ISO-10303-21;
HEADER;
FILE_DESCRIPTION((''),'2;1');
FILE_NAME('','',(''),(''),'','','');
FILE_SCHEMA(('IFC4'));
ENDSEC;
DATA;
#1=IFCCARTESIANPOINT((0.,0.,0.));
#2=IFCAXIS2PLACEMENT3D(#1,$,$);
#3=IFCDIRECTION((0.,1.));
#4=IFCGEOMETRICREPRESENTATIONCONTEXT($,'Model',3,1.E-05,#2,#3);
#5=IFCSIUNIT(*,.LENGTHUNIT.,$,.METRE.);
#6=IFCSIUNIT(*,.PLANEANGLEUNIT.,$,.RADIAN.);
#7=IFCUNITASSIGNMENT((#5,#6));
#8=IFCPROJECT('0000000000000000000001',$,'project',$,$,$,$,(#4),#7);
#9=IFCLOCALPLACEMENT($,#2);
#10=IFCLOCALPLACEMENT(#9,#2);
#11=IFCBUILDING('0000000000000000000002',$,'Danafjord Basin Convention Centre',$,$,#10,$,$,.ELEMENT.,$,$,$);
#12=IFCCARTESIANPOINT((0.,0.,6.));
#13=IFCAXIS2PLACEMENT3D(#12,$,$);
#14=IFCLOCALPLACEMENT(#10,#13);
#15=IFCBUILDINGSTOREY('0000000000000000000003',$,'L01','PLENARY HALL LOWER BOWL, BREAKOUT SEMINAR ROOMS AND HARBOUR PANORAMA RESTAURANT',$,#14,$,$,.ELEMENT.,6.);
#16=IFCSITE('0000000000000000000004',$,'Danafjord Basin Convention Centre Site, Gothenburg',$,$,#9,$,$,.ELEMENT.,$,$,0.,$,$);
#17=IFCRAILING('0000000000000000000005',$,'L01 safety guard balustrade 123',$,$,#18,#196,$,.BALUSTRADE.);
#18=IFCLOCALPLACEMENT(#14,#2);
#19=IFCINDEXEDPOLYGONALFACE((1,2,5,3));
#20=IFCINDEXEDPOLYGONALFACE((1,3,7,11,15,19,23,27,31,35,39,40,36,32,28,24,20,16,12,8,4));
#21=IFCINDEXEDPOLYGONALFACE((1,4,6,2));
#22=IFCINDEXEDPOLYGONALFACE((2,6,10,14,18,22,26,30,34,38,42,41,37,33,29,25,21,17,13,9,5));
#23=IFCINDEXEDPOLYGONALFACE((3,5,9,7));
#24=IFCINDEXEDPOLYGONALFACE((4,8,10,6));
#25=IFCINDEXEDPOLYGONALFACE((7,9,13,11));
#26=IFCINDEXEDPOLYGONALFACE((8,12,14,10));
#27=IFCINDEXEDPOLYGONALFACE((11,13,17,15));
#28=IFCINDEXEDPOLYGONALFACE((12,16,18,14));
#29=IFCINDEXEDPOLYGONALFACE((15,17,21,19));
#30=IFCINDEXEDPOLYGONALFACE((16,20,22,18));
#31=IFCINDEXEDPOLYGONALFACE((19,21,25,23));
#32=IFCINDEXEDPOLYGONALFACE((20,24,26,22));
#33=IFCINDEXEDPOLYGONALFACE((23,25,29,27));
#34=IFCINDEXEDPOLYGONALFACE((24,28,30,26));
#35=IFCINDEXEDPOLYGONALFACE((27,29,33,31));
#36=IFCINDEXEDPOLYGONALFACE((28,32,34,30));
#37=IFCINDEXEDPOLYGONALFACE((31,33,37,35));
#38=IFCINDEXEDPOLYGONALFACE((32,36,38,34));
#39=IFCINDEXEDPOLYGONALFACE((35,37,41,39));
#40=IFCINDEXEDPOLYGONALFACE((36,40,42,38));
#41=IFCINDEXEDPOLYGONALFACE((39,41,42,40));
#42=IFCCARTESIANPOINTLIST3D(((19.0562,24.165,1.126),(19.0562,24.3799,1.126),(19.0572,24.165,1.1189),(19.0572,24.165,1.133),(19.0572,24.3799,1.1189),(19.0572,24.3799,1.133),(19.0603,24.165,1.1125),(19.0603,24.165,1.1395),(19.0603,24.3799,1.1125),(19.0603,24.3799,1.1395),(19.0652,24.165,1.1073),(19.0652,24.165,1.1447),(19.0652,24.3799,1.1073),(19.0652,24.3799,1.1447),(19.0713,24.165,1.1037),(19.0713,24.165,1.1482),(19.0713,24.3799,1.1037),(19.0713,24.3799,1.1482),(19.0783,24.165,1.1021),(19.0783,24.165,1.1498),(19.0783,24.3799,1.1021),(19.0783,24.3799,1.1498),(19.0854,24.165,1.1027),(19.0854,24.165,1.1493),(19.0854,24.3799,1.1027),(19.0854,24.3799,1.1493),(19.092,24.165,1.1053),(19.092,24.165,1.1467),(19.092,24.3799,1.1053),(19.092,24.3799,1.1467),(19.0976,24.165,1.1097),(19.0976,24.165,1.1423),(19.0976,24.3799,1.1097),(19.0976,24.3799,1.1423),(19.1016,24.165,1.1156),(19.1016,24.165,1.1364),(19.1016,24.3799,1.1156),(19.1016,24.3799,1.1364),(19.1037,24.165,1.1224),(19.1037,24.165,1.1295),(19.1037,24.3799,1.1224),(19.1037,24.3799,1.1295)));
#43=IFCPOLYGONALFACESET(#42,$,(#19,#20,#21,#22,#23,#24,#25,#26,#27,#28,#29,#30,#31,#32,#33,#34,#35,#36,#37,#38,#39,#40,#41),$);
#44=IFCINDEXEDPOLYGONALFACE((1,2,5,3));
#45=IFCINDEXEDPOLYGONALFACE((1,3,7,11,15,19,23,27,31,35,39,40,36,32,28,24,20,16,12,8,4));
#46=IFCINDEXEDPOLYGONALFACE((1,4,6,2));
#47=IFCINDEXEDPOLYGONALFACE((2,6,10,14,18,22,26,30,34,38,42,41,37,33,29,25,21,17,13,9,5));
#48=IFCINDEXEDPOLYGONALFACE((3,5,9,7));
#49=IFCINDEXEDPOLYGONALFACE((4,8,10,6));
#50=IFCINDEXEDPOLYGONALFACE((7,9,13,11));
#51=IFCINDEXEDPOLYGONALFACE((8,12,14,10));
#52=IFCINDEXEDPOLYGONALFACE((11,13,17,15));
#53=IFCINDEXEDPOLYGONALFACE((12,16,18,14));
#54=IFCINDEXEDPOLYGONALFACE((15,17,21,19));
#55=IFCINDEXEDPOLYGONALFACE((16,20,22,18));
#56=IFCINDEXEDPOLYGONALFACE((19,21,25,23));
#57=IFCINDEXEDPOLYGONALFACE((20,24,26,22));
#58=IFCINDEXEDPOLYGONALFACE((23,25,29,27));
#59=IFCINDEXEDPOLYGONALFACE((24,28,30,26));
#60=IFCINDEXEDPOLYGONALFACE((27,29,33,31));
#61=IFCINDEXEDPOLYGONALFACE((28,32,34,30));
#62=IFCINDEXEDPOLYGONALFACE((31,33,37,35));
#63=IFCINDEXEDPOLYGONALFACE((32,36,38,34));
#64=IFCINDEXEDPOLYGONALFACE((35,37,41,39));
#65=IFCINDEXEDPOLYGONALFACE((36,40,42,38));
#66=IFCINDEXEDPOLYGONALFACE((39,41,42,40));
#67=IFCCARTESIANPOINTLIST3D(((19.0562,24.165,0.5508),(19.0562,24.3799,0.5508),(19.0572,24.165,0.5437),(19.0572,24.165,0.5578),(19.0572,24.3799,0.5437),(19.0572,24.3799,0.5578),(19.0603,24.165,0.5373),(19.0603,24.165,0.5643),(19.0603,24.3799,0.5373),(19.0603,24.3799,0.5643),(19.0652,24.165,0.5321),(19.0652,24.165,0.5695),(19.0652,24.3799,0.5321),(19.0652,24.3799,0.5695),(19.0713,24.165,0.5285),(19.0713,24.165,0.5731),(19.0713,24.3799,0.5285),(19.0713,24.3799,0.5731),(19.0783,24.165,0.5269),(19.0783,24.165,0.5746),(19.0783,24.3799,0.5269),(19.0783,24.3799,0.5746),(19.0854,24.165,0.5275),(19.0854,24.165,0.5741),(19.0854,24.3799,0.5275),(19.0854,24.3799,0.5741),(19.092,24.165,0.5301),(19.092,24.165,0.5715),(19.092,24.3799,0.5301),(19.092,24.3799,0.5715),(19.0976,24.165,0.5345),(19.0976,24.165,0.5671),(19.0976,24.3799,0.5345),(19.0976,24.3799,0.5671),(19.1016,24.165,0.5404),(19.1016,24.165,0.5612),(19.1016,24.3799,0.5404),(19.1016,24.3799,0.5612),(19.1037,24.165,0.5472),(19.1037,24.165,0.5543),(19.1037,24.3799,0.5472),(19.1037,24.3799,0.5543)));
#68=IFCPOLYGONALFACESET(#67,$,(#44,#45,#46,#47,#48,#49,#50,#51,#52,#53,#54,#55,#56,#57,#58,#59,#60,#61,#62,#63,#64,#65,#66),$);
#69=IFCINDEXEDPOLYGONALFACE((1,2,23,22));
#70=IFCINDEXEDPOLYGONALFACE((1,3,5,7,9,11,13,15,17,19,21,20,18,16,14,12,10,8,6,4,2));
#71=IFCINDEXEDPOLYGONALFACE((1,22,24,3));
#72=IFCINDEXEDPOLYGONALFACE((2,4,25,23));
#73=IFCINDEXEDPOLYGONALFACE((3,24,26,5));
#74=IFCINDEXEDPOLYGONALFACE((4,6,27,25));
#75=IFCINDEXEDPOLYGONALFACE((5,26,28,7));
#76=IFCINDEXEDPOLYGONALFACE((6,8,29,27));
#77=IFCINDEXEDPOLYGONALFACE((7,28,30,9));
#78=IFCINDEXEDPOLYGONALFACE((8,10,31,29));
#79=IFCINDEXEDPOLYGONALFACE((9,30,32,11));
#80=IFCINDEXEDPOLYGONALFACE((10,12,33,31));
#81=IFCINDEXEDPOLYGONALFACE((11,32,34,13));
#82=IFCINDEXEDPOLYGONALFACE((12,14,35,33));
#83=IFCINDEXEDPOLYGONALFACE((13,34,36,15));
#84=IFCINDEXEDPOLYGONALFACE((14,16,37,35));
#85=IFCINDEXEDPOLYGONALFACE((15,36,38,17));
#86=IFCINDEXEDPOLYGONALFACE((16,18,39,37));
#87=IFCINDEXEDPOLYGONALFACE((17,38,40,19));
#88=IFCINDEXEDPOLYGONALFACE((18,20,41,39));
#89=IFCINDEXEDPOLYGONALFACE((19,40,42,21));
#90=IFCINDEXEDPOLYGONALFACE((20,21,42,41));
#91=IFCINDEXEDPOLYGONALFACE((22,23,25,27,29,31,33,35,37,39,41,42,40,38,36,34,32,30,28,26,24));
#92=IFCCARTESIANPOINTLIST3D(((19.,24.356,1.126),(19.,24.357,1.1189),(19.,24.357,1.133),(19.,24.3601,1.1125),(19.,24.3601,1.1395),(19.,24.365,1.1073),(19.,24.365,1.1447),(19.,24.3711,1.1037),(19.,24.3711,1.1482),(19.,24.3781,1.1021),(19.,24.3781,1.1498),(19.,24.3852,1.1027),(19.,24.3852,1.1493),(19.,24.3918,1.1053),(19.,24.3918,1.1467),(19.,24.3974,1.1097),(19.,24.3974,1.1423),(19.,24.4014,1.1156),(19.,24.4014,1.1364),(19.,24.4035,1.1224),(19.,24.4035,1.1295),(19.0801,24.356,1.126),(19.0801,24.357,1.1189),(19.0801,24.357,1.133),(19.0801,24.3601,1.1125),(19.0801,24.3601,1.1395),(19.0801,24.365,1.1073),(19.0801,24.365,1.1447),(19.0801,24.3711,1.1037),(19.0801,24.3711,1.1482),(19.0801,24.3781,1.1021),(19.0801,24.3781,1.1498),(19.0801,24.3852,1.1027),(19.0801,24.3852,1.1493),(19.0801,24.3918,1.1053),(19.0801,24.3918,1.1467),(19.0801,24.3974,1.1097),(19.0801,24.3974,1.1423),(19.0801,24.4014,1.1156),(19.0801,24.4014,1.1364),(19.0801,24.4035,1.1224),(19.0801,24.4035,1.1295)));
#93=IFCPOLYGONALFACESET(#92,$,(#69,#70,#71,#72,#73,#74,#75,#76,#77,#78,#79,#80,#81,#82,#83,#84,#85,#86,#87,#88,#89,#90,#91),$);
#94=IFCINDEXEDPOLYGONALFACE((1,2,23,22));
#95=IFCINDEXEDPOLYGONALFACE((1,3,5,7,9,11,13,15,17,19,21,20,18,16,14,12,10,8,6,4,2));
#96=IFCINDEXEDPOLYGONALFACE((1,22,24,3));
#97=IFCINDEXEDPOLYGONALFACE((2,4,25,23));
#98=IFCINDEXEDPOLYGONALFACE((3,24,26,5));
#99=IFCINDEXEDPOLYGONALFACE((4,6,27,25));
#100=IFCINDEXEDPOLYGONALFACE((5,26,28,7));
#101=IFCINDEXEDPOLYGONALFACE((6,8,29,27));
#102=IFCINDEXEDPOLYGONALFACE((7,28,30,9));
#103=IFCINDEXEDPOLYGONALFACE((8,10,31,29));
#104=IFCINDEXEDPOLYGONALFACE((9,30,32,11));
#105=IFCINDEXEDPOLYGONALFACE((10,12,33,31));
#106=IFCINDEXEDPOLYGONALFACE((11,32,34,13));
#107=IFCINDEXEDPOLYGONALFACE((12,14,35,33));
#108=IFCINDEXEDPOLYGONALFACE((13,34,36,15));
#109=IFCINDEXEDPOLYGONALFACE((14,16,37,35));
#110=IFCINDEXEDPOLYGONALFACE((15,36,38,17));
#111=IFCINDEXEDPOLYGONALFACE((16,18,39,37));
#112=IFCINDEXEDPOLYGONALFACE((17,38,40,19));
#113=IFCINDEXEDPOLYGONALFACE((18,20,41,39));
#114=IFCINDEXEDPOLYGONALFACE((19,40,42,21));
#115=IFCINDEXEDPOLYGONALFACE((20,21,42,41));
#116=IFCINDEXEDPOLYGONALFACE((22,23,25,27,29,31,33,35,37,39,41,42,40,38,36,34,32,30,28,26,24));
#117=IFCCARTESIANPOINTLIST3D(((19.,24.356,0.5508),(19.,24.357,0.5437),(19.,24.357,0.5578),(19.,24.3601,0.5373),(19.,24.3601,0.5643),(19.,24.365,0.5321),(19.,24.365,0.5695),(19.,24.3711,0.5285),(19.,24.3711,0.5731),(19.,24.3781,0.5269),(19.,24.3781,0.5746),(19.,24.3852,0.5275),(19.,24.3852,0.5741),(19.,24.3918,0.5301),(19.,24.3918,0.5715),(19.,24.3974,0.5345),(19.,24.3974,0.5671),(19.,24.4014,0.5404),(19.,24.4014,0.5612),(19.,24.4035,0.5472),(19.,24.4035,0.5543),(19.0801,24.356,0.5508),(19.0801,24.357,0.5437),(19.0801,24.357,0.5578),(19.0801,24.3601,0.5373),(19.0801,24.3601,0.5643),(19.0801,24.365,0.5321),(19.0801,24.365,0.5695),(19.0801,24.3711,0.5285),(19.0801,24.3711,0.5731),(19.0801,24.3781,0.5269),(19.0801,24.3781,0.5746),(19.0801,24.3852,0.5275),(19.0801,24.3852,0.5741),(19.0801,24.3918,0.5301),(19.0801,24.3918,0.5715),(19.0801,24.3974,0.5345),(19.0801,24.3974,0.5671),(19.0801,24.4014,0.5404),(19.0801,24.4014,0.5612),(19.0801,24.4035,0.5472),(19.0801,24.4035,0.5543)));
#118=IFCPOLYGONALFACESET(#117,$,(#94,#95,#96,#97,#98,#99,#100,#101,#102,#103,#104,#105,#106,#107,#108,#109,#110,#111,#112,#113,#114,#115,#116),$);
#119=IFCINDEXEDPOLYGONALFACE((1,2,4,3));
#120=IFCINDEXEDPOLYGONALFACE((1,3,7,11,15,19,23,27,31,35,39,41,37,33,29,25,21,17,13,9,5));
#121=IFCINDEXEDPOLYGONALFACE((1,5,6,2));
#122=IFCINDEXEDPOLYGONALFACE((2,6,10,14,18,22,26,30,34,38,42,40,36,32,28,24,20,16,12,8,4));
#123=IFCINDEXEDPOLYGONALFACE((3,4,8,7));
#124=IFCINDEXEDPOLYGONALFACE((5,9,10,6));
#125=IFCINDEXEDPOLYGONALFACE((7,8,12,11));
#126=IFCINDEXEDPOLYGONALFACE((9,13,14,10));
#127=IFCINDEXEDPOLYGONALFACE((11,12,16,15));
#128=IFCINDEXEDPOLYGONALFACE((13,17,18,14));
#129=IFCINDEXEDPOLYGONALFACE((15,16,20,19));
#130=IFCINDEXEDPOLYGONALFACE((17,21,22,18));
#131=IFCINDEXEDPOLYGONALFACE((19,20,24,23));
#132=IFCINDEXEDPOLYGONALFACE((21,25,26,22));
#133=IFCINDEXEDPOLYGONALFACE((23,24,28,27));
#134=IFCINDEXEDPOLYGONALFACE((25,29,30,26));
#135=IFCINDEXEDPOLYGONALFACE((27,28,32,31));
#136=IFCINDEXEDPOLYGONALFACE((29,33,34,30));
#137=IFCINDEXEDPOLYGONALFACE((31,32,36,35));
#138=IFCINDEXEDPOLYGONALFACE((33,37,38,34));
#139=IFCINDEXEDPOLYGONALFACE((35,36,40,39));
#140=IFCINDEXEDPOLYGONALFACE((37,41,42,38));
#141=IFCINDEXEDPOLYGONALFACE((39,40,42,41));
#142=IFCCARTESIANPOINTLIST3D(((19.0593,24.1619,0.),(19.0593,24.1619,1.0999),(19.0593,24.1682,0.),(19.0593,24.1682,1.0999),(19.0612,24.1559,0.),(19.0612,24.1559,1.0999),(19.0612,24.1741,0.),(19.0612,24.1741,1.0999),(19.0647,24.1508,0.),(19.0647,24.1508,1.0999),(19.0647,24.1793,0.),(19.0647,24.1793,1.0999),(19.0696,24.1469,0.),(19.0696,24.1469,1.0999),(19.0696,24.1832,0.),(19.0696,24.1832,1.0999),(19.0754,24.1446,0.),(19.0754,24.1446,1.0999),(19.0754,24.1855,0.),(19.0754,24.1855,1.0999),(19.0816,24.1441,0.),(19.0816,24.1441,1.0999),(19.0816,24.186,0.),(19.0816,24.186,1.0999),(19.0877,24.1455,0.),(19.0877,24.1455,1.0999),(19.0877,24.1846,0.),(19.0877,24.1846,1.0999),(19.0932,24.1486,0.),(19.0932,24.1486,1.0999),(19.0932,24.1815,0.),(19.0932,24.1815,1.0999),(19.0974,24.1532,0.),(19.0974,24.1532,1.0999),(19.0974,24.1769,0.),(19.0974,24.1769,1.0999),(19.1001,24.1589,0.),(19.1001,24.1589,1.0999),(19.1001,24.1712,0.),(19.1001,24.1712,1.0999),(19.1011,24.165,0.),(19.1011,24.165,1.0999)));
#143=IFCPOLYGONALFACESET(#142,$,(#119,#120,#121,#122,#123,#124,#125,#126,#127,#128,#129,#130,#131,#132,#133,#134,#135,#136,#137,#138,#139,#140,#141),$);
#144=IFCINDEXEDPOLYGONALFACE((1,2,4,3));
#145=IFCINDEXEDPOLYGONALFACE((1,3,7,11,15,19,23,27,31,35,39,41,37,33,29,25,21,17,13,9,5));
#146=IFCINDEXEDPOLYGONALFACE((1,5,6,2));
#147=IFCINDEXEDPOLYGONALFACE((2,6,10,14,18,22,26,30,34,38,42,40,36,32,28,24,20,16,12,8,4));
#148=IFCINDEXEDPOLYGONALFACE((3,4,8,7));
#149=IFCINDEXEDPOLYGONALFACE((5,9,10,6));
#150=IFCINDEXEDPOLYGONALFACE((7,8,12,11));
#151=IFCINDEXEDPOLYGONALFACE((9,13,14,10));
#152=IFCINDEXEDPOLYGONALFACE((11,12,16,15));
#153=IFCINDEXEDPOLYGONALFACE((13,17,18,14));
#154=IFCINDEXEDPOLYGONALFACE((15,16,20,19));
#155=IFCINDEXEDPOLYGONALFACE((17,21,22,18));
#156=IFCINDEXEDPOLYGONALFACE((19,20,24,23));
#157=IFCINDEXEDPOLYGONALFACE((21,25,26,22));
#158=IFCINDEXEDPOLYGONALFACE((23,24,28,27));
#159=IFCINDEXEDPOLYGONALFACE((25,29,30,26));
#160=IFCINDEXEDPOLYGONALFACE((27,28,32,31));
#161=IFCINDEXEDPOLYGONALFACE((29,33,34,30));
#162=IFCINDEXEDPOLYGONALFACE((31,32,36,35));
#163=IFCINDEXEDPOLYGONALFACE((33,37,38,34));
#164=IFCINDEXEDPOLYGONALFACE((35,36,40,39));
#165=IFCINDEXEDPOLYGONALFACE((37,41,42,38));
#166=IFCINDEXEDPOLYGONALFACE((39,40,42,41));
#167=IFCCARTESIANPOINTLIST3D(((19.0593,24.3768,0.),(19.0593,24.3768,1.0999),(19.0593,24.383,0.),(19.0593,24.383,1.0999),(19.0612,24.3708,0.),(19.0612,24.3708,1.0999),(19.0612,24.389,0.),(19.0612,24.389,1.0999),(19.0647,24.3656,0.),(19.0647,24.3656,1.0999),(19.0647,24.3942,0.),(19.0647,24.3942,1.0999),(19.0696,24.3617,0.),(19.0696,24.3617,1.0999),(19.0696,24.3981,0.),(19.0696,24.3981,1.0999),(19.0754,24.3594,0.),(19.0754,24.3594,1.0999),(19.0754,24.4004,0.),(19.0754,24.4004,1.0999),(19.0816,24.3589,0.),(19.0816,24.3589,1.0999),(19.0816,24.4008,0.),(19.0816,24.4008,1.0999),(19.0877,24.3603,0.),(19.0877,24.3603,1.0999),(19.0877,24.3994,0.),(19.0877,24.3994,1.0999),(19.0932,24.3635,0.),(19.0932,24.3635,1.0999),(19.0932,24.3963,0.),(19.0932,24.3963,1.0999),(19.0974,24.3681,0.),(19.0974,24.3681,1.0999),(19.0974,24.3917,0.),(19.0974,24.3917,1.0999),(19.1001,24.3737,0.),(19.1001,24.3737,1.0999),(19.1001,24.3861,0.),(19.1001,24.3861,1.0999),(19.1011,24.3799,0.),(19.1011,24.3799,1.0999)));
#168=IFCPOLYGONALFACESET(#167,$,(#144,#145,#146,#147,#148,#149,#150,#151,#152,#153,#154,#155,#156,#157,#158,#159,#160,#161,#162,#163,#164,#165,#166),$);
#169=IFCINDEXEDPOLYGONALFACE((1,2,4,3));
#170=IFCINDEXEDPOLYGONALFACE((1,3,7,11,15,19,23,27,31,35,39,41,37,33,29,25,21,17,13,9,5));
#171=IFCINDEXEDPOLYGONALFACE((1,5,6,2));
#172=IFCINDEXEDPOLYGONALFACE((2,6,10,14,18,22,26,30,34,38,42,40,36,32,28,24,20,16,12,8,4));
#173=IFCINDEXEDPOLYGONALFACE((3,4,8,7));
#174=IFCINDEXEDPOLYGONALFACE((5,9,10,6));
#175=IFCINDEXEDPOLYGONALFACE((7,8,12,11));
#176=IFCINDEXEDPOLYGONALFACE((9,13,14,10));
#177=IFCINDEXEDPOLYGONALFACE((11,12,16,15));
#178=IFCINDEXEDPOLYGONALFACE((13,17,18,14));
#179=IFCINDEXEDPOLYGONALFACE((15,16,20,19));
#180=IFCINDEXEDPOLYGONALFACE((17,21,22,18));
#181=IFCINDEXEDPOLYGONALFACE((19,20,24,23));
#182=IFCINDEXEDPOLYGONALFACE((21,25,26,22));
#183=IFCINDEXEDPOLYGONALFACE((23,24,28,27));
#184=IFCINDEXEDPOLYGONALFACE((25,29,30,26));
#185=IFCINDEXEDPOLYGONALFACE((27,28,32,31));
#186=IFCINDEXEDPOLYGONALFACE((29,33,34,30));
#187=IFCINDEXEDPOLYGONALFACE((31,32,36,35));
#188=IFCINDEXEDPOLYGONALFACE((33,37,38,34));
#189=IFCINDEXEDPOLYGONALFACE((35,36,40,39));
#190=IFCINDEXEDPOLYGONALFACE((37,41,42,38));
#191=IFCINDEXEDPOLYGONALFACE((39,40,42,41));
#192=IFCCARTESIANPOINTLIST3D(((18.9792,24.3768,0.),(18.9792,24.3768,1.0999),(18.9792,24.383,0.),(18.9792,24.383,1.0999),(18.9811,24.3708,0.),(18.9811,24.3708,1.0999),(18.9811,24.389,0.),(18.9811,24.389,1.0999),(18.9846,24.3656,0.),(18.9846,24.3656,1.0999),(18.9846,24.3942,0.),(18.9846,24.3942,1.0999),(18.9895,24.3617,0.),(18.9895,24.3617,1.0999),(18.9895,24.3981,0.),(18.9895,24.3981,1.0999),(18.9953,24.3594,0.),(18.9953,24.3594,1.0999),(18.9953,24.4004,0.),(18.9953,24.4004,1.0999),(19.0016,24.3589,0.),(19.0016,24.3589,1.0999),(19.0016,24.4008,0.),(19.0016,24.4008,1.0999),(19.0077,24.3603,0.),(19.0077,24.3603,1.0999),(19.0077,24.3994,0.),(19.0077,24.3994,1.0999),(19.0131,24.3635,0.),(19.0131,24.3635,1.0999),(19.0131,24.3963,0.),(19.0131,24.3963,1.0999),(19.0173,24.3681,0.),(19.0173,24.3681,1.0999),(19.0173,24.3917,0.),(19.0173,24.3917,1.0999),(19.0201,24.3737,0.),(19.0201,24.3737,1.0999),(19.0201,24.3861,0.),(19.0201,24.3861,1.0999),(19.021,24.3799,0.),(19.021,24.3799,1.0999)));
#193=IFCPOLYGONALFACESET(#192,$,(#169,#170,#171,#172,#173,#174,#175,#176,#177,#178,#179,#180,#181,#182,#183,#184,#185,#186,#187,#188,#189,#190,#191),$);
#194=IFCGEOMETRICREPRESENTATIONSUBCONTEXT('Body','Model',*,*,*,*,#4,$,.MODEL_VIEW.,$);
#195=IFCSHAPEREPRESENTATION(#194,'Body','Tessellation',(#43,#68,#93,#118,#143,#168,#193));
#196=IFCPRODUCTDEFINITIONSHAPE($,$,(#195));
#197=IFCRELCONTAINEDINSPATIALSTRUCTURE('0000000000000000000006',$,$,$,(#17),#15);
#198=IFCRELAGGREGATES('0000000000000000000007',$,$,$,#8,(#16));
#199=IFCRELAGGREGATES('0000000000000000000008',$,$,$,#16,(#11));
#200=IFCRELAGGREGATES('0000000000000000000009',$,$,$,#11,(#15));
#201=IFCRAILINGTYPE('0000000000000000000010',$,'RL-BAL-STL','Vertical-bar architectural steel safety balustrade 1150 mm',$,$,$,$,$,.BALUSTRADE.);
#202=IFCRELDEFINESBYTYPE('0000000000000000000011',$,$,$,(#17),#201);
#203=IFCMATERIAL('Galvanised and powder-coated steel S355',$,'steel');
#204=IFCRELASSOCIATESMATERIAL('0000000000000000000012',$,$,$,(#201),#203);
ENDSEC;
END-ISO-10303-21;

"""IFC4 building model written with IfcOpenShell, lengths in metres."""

from ifc_helpers import new_model, si_unit, direction, frame, origin, origin_2d, place, context, subcontext, project, spatial, circle, extrude, material, type_object, element, save


model = new_model("IFC4")

# Units and contexts
model_context = context("Model", 3, precision=1e-05, world=origin(), true_north=direction((0.0, 1.0)))
body_context = subcontext(model_context, "Body", "Model", "MODEL_VIEW")
ifc_project = project(units=[si_unit("LENGTHUNIT", "METRE"), si_unit("PLANEANGLEUNIT", "RADIAN")], contexts=[model_context])

# Site, building, storey
site_placement = place(None, origin())
site = spatial("IfcSite", under=ifc_project, at=site_placement, Name="Danafjord Basin Convention Centre Site, Gothenburg", CompositionType="ELEMENT", RefElevation=0.0)
building_placement = place(site_placement, origin())
building = spatial("IfcBuilding", under=site, at=building_placement, Name="Danafjord Basin Convention Centre", CompositionType="ELEMENT")
storey_placement = place(building_placement, frame((0.0, 0.0, 6.0)))
storey = spatial("IfcBuildingStorey", under=building, at=storey_placement, Name="L01", Description="PLENARY HALL LOWER BOWL, BREAKOUT SEMINAR ROOMS AND HARBOUR PANORAMA RESTAURANT", CompositionType="ELEMENT", Elevation=6.0)

# Railing
ifc_material_1 = material(Name="Galvanised and powder-coated steel S355", Category="steel")
railing_type_1 = type_object("IfcRailingType", Name="RL-BAL-STL", Description="Vertical-bar architectural steel safety balustrade 1150 mm", PredefinedType="BALUSTRADE", material=ifc_material_1)
railing_1_placement = place(storey_placement, frame((19.0801, 24.165, 0.0)))
element("IfcRailing", 1, at=railing_1_placement, inside=storey, type_object=railing_type_1, Name="L01 safety guard balustrade 123", PredefinedType="BALUSTRADE", context=body_context, shape_type="SweptSolid", body=[
    extrude(circle(Radius=0.0239, at=origin_2d()), frame((0.0, 0.0, 1.126), z_axis=(0.0, 1.0, 0.0), x_axis=(-1.0, 0.0, 0.0)), (0.0, 0.0, 1.0), 0.2148),
    extrude(circle(Radius=0.0239, at=origin_2d()), frame((0.0, 0.0, 0.5508), z_axis=(0.0, 1.0, 0.0), x_axis=(-1.0, 0.0, 0.0)), (0.0, 0.0, 1.0), 0.2148),
    extrude(circle(Radius=0.0239, at=origin_2d()), frame((0.0, 0.2148, 1.126), z_axis=(-1.0, 0.0, 0.0), x_axis=(0.0, -1.0, 0.0)), (0.0, 0.0, 1.0), 0.0801),
    extrude(circle(Radius=0.0239, at=origin_2d()), frame((0.0, 0.2148, 0.5508), z_axis=(-1.0, 0.0, 0.0), x_axis=(0.0, -1.0, 0.0)), (0.0, 0.0, 1.0), 0.0801),
    extrude(circle(Radius=0.021, at=origin_2d()), origin(), (0.0, 0.0, 1.0), 1.0999),
    extrude(circle(Radius=0.021, at=origin_2d()), frame((0.0, 0.2148, 0.0)), (0.0, 0.0, 1.0), 1.0999),
    extrude(circle(Radius=0.021, at=origin_2d()), frame((-0.0801, 0.2148, 0.0)), (0.0, 0.0, 1.0), 1.0999),
])

save(model, "model.ifc")
